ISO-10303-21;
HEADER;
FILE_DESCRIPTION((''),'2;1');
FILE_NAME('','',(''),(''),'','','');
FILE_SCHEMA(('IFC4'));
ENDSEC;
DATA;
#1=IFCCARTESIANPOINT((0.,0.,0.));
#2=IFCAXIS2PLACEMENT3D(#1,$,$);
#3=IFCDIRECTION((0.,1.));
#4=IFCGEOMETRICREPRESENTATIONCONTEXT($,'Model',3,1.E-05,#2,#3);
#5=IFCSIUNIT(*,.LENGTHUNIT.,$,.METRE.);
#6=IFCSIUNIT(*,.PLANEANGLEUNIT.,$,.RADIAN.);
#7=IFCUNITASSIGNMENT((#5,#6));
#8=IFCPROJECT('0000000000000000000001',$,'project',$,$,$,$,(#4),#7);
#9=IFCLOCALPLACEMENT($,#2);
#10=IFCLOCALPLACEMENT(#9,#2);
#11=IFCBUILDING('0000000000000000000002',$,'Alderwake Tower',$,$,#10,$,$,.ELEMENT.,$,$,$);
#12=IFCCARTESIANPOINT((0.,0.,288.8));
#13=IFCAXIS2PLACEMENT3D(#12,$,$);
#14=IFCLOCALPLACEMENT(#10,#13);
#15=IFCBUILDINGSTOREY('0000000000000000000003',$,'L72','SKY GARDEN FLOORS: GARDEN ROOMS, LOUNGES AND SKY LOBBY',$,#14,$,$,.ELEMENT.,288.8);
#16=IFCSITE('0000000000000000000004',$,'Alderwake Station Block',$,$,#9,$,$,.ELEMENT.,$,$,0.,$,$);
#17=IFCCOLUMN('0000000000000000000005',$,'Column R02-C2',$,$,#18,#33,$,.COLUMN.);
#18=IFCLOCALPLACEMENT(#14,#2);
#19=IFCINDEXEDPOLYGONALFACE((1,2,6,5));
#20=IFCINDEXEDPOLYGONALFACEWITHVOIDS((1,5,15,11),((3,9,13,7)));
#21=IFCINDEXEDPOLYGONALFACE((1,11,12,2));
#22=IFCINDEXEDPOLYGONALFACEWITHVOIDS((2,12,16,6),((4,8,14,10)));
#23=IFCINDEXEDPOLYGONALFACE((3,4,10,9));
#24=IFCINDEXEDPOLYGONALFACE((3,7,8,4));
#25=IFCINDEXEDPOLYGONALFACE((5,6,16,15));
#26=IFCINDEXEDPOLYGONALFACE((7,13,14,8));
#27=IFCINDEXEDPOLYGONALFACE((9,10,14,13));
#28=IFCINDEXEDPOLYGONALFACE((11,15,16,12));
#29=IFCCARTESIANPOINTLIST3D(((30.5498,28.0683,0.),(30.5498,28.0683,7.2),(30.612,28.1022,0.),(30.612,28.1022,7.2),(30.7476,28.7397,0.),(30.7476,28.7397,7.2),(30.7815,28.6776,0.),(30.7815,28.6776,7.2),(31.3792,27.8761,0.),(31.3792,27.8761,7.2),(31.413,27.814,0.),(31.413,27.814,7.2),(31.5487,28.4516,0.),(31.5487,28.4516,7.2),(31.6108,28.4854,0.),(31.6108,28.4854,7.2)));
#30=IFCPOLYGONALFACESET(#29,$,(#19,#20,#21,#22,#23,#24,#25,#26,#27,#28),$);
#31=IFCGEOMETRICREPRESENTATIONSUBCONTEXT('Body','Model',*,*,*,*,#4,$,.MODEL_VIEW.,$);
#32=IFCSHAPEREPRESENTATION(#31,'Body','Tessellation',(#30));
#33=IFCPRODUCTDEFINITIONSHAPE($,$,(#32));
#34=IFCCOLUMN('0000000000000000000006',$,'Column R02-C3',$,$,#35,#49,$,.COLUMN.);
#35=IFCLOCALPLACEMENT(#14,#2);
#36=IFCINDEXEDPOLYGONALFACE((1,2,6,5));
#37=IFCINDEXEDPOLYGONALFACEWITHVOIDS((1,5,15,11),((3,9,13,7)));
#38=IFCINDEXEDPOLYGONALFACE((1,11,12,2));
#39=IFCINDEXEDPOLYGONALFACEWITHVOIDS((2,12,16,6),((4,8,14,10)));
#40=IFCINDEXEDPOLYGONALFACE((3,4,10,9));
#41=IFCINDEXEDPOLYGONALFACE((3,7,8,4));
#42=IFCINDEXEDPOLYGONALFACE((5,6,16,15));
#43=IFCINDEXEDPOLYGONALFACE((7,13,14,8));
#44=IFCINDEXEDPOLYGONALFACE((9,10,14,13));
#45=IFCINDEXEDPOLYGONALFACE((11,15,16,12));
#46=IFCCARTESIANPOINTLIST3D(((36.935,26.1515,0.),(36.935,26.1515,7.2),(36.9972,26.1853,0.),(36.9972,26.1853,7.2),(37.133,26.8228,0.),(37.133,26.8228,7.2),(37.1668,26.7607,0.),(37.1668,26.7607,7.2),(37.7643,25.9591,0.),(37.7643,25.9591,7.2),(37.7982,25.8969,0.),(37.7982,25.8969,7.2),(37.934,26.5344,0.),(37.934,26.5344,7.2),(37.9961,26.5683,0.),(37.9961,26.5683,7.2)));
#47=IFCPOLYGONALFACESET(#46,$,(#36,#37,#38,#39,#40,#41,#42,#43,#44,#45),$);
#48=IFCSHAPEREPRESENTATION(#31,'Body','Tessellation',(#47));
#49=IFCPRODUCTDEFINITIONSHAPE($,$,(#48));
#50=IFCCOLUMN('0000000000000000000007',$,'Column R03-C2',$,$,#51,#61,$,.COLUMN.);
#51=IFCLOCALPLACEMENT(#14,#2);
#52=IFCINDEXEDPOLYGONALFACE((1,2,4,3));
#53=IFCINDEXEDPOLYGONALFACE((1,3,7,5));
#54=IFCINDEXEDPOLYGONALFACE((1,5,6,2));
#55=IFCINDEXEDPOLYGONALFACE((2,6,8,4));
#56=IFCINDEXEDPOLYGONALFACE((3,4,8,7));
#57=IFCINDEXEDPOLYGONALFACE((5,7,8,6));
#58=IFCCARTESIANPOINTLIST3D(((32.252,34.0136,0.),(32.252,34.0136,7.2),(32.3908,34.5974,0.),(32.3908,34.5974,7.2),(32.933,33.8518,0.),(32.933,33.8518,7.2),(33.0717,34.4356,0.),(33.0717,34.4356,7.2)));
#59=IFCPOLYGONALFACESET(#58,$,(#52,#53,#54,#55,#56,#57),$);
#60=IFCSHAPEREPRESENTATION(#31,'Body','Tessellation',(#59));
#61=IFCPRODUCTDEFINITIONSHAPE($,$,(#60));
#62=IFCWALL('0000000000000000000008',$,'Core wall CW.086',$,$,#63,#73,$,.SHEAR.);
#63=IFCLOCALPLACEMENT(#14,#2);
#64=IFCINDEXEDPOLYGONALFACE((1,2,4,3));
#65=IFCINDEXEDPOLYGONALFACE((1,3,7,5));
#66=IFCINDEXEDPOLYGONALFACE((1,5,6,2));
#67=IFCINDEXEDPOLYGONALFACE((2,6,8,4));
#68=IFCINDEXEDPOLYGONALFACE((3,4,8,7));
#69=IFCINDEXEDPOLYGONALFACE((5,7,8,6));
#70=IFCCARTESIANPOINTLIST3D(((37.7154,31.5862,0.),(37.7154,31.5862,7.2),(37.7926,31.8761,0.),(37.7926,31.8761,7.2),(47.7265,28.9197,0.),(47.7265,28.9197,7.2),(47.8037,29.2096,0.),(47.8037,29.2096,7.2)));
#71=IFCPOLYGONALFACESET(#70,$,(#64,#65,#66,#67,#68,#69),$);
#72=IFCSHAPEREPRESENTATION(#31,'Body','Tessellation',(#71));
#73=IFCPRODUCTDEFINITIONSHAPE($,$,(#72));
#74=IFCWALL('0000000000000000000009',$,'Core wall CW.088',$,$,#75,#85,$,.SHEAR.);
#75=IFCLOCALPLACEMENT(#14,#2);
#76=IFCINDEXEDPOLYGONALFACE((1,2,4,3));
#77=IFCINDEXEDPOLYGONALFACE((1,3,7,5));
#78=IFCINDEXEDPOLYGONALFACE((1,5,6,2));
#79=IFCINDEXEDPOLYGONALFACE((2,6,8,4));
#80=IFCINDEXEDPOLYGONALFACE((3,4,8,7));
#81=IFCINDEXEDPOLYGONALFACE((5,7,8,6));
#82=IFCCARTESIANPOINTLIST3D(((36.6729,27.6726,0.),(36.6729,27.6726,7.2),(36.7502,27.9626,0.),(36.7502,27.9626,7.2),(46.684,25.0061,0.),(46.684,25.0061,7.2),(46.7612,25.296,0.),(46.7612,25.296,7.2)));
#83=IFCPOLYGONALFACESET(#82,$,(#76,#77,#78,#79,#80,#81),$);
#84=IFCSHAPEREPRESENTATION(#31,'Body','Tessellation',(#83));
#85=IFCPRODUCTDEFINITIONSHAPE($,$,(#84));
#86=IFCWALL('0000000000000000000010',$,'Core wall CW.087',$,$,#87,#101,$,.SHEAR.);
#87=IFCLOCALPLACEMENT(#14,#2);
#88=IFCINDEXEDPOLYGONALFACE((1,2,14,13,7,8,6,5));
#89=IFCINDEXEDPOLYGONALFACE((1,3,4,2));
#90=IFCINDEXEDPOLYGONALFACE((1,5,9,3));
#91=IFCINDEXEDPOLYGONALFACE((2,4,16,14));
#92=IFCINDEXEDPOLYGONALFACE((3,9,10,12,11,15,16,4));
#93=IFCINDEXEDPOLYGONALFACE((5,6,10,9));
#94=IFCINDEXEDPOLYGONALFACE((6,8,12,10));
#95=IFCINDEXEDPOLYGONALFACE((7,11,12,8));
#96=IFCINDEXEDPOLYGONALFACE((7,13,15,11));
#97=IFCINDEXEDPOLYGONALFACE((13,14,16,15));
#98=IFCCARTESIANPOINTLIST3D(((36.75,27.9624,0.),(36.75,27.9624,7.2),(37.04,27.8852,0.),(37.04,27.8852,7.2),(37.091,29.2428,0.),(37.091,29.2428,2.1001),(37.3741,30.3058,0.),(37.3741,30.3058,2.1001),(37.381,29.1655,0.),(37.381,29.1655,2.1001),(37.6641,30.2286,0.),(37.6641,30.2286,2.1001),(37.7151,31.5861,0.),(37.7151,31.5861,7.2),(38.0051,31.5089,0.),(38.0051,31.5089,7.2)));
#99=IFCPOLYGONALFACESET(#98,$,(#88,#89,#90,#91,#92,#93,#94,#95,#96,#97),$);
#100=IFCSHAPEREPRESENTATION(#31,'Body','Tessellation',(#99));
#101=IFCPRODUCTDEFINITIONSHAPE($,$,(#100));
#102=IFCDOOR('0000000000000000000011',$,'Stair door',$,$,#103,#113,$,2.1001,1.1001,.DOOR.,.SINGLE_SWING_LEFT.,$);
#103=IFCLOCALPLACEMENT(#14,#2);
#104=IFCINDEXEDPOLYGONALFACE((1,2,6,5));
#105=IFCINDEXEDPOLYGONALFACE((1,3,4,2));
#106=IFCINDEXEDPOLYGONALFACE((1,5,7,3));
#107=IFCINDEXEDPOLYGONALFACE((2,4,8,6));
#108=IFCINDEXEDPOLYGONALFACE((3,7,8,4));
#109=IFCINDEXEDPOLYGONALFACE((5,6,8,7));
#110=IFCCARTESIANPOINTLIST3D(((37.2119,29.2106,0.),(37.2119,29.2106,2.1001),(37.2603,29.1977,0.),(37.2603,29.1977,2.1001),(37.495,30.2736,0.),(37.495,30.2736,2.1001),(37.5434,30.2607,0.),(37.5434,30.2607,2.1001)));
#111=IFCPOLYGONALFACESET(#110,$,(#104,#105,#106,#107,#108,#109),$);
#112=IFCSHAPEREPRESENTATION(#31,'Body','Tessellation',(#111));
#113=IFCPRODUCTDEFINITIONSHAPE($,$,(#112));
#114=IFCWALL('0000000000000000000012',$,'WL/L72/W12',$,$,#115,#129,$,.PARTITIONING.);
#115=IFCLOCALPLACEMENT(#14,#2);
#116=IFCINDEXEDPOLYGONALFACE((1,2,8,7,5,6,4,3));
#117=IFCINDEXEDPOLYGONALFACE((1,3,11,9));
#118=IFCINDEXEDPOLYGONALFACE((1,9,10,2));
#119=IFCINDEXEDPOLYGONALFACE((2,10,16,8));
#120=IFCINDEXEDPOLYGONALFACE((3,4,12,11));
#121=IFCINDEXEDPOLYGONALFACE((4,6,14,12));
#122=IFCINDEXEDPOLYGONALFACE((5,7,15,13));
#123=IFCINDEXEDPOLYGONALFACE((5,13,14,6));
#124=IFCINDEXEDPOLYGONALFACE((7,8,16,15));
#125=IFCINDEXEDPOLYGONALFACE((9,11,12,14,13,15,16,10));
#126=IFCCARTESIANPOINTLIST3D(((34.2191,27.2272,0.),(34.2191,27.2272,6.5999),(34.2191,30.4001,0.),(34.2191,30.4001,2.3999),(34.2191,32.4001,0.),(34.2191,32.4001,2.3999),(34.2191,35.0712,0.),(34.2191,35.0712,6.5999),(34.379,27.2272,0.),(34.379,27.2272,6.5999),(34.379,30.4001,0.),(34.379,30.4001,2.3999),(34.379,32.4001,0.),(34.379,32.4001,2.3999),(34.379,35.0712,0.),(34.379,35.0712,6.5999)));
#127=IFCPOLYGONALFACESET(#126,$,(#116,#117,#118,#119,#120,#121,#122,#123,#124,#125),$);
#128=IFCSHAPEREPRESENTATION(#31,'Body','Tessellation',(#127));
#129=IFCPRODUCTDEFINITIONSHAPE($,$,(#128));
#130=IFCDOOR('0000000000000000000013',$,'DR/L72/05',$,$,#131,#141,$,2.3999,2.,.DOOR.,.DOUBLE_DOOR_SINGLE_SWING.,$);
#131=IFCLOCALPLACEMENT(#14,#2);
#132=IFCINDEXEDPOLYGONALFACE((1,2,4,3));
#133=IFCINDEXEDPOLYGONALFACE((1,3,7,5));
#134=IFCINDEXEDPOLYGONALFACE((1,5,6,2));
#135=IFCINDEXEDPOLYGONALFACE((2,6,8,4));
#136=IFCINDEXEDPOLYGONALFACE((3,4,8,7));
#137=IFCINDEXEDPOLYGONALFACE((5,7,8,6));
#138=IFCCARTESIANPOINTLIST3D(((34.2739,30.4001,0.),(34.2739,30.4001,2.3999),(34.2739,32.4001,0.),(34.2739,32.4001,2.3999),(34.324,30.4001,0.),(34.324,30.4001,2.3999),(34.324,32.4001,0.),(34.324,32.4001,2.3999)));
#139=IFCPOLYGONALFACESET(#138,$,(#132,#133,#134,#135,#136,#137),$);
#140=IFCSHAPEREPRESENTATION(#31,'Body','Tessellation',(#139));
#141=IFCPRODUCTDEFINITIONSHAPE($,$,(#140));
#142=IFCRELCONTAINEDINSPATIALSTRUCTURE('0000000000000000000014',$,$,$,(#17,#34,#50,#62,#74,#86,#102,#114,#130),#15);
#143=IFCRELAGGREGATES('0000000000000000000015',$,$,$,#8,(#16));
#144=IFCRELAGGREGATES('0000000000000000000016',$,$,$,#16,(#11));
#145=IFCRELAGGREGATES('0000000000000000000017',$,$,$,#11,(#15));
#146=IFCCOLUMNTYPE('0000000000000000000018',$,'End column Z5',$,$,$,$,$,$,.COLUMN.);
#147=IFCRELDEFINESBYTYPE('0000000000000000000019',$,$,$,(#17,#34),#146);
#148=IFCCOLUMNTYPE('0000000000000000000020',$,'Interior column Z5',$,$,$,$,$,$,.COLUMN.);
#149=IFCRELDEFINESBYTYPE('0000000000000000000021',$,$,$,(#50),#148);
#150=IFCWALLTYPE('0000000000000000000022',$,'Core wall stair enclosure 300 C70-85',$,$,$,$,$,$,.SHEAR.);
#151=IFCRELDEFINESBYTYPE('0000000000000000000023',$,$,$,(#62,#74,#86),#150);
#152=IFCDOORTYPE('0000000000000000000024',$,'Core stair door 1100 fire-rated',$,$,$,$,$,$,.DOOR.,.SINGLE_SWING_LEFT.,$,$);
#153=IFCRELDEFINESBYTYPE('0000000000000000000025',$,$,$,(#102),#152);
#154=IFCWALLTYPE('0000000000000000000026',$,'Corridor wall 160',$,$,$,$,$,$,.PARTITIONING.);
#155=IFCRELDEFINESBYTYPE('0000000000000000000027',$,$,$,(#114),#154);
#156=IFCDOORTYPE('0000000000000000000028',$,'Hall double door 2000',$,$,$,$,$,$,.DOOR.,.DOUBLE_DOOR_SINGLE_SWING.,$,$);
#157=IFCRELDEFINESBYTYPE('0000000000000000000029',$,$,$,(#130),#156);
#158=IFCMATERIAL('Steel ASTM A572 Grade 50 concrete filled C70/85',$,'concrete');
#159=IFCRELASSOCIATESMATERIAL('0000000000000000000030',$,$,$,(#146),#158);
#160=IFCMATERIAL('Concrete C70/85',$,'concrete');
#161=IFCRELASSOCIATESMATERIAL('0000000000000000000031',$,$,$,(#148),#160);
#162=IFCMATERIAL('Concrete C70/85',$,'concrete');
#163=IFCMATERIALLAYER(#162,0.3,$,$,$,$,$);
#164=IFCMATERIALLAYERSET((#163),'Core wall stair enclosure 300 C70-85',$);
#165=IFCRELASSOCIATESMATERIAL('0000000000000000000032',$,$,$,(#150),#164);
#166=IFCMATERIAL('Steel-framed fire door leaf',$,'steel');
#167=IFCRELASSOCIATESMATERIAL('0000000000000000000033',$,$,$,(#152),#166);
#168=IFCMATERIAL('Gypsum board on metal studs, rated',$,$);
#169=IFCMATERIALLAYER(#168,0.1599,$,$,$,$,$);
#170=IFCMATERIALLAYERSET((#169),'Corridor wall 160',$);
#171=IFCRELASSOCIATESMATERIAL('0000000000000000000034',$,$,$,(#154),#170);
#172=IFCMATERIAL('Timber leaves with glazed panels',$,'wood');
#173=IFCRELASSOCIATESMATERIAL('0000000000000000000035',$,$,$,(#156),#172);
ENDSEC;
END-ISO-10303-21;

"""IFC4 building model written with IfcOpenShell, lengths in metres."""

from ifc_helpers import new_model, si_unit, direction, frame, frame_2d, origin, origin_2d, place, context, subcontext, project, spatial, rectangle, hollow_rectangle, extrude, material, layer, layer_set, material_profile, profile_set, type_object, element, fill, save


model = new_model("IFC4")

# Units and contexts
model_context = context("Model", 3, precision=1e-05, world=origin(), true_north=direction((0.0, 1.0)))
body_context = subcontext(model_context, "Body", "Model", "MODEL_VIEW")
ifc_project = project(units=[si_unit("LENGTHUNIT", "METRE"), si_unit("PLANEANGLEUNIT", "RADIAN")], contexts=[model_context])

# Site, building, storey
site_placement = place(None, origin())
site = spatial("IfcSite", under=ifc_project, at=site_placement, Name="Alderwake Station Block", CompositionType="ELEMENT", RefElevation=0.0)
building_placement = place(site_placement, origin())
building = spatial("IfcBuilding", under=site, at=building_placement, Name="Alderwake Tower", CompositionType="ELEMENT")
storey_placement = place(building_placement, frame((0.0, 0.0, 288.8)))
storey = spatial("IfcBuildingStorey", under=building, at=storey_placement, Name="L72", Description="SKY GARDEN FLOORS: GARDEN ROOMS, LOUNGES AND SKY LOBBY", CompositionType="ELEMENT", Elevation=288.8)

# Columns
ifc_material_1 = material(Name="Steel ASTM A572 Grade 50 concrete filled C70/85", Category="concrete")
ifc_material_profile_1 = material_profile(ifc_material_1, hollow_rectangle(XDim=0.7, YDim=0.8999, WallThickness=0.05, at=origin_2d()), Name="BOX 900X700X50")
ifc_profile_set_1 = profile_set([ifc_material_profile_1], Name="Steel ASTM A572 Grade 50 concrete filled C70/85")
column_type_1 = type_object("IfcColumnType", Name="End column Z5", PredefinedType="COLUMN", material=ifc_profile_set_1)
for number, where, z_axis, x_axis, name in (
    (1, (31.0803, 28.2769, 0.0), (0.0, 0.0, 1.0), (0.282583, 0.959243, 0.0), "Column R02-C2"),
    (2, (37.4656, 26.3599, 0.0), (0.0, 0.0, 1.0), (0.282854, 0.959163, 0.0), "Column R02-C3"),
):
    element("IfcColumn", number, at=place(storey_placement, frame(where, z_axis=z_axis, x_axis=x_axis)), inside=storey, type_object=column_type_1, Name=name, PredefinedType="COLUMN", context=body_context, shape_type="SweptSolid", body=[
        extrude(hollow_rectangle(XDim=0.7, YDim=0.8999, WallThickness=0.05, at=origin_2d()), origin(), (0.0, 0.0, 1.0), 7.2),
    ])
ifc_material_2 = material(Name="Concrete C70/85", Category="concrete")
ifc_material_profile_2 = material_profile(ifc_material_2, rectangle(XDim=0.6001, YDim=0.7, at=origin_2d()), Name="RC 700X600")
ifc_profile_set_2 = profile_set([ifc_material_profile_2], Name="Concrete C70/85")
column_type_2 = type_object("IfcColumnType", Name="Interior column Z5", PredefinedType="COLUMN", material=ifc_profile_set_2)
column_placement = place(storey_placement, frame((32.6619, 34.2246, 0.0), z_axis=(0.0, 0.0, 1.0), x_axis=(0.231222, 0.972901, 0.0)))
element("IfcColumn", 3, at=column_placement, inside=storey, type_object=column_type_2, Name="Column R03-C2", PredefinedType="COLUMN", context=body_context, shape_type="SweptSolid", body=[
    extrude(rectangle(XDim=0.6001, YDim=0.7, at=origin_2d()), origin(), (0.0, 0.0, 1.0), 7.2),
])

# Walls
ifc_material_3 = material(Name="Concrete C70/85", Category="concrete")
ifc_layer_1 = layer(ifc_material_3, 0.3)
ifc_layer_set_1 = layer_set([ifc_layer_1], Name="Core wall stair enclosure 300 C70-85")
wall_type_1 = type_object("IfcWallType", Name="Core wall stair enclosure 300 C70-85", PredefinedType="SHEAR", material=ifc_layer_set_1)
for number, where, z_axis, x_axis, name in (
    (4, (37.7539, 31.7312, 0.0), (0.0, 0.0, 1.0), (0.966309, -0.257384, 0.0), "Core wall CW.086"),
    (5, (36.7114, 27.8176, 0.0), (0.0, 0.0, 1.0), (0.966309, -0.257384, 0.0), "Core wall CW.088"),
):
    element("IfcWall", number, at=place(storey_placement, frame(where, z_axis=z_axis, x_axis=x_axis)), inside=storey, type_object=wall_type_1, Name=name, PredefinedType="SHEAR", context=body_context, shape_type="SweptSolid", body=[
        extrude(rectangle(XDim=10.3601, YDim=0.3, at=frame_2d((5.1802, 0.0))), origin(), (0.0, 0.0, 1.0), 7.2),
    ])

# Walls, openings, doors
wall_1_placement = place(storey_placement, frame((36.895, 27.9238, 0.0), z_axis=(0.0, 0.0, 1.0), x_axis=(0.257351, 0.966318, 0.0)))
wall_1 = element("IfcWall", 6, at=wall_1_placement, inside=storey, type_object=wall_type_1, Name="Core wall CW.087", PredefinedType="SHEAR", context=body_context, shape_type="SweptSolid", body=[
    extrude(rectangle(XDim=3.75, YDim=0.3, at=frame_2d((1.875, 0.0))), origin(), (0.0, 0.0, 1.0), 7.2),
])
opening_1_placement = place(wall_1_placement, frame((1.325, 0.0, 0.0)))
opening_1 = element("IfcOpeningElement", 7, at=opening_1_placement, cuts=wall_1, PredefinedType="OPENING", context=body_context, shape_type="SweptSolid", body=[
    extrude(rectangle(XDim=1.1001, YDim=2.1001, at=frame_2d((0.55, 1.05))), frame((0.0, 0.1599, 0.0), z_axis=(0.0, -1.0, 0.0), x_axis=(1.0, 0.0, 0.0)), (0.0, 0.0, 1.0), 0.3201),
])
ifc_material_4 = material(Name="Steel-framed fire door leaf", Category="steel")
door_type_1 = type_object("IfcDoorType", Name="Core stair door 1100 fire-rated", OperationType="SINGLE_SWING_LEFT", PredefinedType="DOOR", material=ifc_material_4)
door_1_placement = place(opening_1_placement, origin())
door_1 = element("IfcDoor", 8, at=door_1_placement, inside=storey, type_object=door_type_1, Name="Stair door", OperationType="SINGLE_SWING_LEFT", OverallHeight=2.1001, OverallWidth=1.1001, PredefinedType="DOOR", context=body_context, shape_type="SweptSolid", body=[
    extrude(rectangle(XDim=1.1001, YDim=2.1001, at=frame_2d((0.55, 1.05))), frame((0.0, 0.0249, 0.0), z_axis=(0.0, -1.0, 0.0), x_axis=(1.0, 0.0, 0.0)), (0.0, 0.0, 1.0), 0.05),
])
fill(opening_1, door_1)
ifc_material_5 = material(Name="Gypsum board on metal studs, rated")
ifc_layer_2 = layer(ifc_material_5, 0.1599)
ifc_layer_set_2 = layer_set([ifc_layer_2], Name="Corridor wall 160")
wall_type_2 = type_object("IfcWallType", Name="Corridor wall 160", PredefinedType="PARTITIONING", material=ifc_layer_set_2)
wall_2_placement = place(storey_placement, frame((34.2991, 35.071, 0.0), z_axis=(0.0, 0.0, 1.0), x_axis=(0.0, -1.0, 0.0)))
wall_2 = element("IfcWall", 9, at=wall_2_placement, inside=storey, type_object=wall_type_2, Name="WL/L72/W12", PredefinedType="PARTITIONING", context=body_context, shape_type="SweptSolid", body=[
    extrude(rectangle(XDim=7.844, YDim=0.1599, at=frame_2d((3.9219, 0.0))), origin(), (0.0, 0.0, 1.0), 6.5999),
])
opening_2_placement = place(wall_2_placement, frame((2.6709, 0.0, 0.0)))
opening_2 = element("IfcOpeningElement", 10, at=opening_2_placement, cuts=wall_2, PredefinedType="OPENING", context=body_context, shape_type="SweptSolid", body=[
    extrude(rectangle(XDim=2.0, YDim=2.3999, at=frame_2d((1.0, 1.2))), frame((0.0, 0.0898, 0.0), z_axis=(0.0, -1.0, 0.0), x_axis=(1.0, 0.0, 0.0)), (0.0, 0.0, 1.0), 0.1799),
])
ifc_material_6 = material(Name="Timber leaves with glazed panels", Category="wood")
door_type_2 = type_object("IfcDoorType", Name="Hall double door 2000", OperationType="DOUBLE_DOOR_SINGLE_SWING", PredefinedType="DOOR", material=ifc_material_6)
door_2_placement = place(opening_2_placement, origin())
door_2 = element("IfcDoor", 11, at=door_2_placement, inside=storey, type_object=door_type_2, Name="DR/L72/05", OperationType="DOUBLE_DOOR_SINGLE_SWING", OverallHeight=2.3999, OverallWidth=2.0, PredefinedType="DOOR", context=body_context, shape_type="SweptSolid", body=[
    extrude(rectangle(XDim=2.0, YDim=2.3999, at=frame_2d((1.0, 1.2))), frame((0.0, 0.0249, 0.0), z_axis=(0.0, -1.0, 0.0), x_axis=(1.0, 0.0, 0.0)), (0.0, 0.0, 1.0), 0.05),
])
fill(opening_2, door_2)

save(model, "model.ifc")
